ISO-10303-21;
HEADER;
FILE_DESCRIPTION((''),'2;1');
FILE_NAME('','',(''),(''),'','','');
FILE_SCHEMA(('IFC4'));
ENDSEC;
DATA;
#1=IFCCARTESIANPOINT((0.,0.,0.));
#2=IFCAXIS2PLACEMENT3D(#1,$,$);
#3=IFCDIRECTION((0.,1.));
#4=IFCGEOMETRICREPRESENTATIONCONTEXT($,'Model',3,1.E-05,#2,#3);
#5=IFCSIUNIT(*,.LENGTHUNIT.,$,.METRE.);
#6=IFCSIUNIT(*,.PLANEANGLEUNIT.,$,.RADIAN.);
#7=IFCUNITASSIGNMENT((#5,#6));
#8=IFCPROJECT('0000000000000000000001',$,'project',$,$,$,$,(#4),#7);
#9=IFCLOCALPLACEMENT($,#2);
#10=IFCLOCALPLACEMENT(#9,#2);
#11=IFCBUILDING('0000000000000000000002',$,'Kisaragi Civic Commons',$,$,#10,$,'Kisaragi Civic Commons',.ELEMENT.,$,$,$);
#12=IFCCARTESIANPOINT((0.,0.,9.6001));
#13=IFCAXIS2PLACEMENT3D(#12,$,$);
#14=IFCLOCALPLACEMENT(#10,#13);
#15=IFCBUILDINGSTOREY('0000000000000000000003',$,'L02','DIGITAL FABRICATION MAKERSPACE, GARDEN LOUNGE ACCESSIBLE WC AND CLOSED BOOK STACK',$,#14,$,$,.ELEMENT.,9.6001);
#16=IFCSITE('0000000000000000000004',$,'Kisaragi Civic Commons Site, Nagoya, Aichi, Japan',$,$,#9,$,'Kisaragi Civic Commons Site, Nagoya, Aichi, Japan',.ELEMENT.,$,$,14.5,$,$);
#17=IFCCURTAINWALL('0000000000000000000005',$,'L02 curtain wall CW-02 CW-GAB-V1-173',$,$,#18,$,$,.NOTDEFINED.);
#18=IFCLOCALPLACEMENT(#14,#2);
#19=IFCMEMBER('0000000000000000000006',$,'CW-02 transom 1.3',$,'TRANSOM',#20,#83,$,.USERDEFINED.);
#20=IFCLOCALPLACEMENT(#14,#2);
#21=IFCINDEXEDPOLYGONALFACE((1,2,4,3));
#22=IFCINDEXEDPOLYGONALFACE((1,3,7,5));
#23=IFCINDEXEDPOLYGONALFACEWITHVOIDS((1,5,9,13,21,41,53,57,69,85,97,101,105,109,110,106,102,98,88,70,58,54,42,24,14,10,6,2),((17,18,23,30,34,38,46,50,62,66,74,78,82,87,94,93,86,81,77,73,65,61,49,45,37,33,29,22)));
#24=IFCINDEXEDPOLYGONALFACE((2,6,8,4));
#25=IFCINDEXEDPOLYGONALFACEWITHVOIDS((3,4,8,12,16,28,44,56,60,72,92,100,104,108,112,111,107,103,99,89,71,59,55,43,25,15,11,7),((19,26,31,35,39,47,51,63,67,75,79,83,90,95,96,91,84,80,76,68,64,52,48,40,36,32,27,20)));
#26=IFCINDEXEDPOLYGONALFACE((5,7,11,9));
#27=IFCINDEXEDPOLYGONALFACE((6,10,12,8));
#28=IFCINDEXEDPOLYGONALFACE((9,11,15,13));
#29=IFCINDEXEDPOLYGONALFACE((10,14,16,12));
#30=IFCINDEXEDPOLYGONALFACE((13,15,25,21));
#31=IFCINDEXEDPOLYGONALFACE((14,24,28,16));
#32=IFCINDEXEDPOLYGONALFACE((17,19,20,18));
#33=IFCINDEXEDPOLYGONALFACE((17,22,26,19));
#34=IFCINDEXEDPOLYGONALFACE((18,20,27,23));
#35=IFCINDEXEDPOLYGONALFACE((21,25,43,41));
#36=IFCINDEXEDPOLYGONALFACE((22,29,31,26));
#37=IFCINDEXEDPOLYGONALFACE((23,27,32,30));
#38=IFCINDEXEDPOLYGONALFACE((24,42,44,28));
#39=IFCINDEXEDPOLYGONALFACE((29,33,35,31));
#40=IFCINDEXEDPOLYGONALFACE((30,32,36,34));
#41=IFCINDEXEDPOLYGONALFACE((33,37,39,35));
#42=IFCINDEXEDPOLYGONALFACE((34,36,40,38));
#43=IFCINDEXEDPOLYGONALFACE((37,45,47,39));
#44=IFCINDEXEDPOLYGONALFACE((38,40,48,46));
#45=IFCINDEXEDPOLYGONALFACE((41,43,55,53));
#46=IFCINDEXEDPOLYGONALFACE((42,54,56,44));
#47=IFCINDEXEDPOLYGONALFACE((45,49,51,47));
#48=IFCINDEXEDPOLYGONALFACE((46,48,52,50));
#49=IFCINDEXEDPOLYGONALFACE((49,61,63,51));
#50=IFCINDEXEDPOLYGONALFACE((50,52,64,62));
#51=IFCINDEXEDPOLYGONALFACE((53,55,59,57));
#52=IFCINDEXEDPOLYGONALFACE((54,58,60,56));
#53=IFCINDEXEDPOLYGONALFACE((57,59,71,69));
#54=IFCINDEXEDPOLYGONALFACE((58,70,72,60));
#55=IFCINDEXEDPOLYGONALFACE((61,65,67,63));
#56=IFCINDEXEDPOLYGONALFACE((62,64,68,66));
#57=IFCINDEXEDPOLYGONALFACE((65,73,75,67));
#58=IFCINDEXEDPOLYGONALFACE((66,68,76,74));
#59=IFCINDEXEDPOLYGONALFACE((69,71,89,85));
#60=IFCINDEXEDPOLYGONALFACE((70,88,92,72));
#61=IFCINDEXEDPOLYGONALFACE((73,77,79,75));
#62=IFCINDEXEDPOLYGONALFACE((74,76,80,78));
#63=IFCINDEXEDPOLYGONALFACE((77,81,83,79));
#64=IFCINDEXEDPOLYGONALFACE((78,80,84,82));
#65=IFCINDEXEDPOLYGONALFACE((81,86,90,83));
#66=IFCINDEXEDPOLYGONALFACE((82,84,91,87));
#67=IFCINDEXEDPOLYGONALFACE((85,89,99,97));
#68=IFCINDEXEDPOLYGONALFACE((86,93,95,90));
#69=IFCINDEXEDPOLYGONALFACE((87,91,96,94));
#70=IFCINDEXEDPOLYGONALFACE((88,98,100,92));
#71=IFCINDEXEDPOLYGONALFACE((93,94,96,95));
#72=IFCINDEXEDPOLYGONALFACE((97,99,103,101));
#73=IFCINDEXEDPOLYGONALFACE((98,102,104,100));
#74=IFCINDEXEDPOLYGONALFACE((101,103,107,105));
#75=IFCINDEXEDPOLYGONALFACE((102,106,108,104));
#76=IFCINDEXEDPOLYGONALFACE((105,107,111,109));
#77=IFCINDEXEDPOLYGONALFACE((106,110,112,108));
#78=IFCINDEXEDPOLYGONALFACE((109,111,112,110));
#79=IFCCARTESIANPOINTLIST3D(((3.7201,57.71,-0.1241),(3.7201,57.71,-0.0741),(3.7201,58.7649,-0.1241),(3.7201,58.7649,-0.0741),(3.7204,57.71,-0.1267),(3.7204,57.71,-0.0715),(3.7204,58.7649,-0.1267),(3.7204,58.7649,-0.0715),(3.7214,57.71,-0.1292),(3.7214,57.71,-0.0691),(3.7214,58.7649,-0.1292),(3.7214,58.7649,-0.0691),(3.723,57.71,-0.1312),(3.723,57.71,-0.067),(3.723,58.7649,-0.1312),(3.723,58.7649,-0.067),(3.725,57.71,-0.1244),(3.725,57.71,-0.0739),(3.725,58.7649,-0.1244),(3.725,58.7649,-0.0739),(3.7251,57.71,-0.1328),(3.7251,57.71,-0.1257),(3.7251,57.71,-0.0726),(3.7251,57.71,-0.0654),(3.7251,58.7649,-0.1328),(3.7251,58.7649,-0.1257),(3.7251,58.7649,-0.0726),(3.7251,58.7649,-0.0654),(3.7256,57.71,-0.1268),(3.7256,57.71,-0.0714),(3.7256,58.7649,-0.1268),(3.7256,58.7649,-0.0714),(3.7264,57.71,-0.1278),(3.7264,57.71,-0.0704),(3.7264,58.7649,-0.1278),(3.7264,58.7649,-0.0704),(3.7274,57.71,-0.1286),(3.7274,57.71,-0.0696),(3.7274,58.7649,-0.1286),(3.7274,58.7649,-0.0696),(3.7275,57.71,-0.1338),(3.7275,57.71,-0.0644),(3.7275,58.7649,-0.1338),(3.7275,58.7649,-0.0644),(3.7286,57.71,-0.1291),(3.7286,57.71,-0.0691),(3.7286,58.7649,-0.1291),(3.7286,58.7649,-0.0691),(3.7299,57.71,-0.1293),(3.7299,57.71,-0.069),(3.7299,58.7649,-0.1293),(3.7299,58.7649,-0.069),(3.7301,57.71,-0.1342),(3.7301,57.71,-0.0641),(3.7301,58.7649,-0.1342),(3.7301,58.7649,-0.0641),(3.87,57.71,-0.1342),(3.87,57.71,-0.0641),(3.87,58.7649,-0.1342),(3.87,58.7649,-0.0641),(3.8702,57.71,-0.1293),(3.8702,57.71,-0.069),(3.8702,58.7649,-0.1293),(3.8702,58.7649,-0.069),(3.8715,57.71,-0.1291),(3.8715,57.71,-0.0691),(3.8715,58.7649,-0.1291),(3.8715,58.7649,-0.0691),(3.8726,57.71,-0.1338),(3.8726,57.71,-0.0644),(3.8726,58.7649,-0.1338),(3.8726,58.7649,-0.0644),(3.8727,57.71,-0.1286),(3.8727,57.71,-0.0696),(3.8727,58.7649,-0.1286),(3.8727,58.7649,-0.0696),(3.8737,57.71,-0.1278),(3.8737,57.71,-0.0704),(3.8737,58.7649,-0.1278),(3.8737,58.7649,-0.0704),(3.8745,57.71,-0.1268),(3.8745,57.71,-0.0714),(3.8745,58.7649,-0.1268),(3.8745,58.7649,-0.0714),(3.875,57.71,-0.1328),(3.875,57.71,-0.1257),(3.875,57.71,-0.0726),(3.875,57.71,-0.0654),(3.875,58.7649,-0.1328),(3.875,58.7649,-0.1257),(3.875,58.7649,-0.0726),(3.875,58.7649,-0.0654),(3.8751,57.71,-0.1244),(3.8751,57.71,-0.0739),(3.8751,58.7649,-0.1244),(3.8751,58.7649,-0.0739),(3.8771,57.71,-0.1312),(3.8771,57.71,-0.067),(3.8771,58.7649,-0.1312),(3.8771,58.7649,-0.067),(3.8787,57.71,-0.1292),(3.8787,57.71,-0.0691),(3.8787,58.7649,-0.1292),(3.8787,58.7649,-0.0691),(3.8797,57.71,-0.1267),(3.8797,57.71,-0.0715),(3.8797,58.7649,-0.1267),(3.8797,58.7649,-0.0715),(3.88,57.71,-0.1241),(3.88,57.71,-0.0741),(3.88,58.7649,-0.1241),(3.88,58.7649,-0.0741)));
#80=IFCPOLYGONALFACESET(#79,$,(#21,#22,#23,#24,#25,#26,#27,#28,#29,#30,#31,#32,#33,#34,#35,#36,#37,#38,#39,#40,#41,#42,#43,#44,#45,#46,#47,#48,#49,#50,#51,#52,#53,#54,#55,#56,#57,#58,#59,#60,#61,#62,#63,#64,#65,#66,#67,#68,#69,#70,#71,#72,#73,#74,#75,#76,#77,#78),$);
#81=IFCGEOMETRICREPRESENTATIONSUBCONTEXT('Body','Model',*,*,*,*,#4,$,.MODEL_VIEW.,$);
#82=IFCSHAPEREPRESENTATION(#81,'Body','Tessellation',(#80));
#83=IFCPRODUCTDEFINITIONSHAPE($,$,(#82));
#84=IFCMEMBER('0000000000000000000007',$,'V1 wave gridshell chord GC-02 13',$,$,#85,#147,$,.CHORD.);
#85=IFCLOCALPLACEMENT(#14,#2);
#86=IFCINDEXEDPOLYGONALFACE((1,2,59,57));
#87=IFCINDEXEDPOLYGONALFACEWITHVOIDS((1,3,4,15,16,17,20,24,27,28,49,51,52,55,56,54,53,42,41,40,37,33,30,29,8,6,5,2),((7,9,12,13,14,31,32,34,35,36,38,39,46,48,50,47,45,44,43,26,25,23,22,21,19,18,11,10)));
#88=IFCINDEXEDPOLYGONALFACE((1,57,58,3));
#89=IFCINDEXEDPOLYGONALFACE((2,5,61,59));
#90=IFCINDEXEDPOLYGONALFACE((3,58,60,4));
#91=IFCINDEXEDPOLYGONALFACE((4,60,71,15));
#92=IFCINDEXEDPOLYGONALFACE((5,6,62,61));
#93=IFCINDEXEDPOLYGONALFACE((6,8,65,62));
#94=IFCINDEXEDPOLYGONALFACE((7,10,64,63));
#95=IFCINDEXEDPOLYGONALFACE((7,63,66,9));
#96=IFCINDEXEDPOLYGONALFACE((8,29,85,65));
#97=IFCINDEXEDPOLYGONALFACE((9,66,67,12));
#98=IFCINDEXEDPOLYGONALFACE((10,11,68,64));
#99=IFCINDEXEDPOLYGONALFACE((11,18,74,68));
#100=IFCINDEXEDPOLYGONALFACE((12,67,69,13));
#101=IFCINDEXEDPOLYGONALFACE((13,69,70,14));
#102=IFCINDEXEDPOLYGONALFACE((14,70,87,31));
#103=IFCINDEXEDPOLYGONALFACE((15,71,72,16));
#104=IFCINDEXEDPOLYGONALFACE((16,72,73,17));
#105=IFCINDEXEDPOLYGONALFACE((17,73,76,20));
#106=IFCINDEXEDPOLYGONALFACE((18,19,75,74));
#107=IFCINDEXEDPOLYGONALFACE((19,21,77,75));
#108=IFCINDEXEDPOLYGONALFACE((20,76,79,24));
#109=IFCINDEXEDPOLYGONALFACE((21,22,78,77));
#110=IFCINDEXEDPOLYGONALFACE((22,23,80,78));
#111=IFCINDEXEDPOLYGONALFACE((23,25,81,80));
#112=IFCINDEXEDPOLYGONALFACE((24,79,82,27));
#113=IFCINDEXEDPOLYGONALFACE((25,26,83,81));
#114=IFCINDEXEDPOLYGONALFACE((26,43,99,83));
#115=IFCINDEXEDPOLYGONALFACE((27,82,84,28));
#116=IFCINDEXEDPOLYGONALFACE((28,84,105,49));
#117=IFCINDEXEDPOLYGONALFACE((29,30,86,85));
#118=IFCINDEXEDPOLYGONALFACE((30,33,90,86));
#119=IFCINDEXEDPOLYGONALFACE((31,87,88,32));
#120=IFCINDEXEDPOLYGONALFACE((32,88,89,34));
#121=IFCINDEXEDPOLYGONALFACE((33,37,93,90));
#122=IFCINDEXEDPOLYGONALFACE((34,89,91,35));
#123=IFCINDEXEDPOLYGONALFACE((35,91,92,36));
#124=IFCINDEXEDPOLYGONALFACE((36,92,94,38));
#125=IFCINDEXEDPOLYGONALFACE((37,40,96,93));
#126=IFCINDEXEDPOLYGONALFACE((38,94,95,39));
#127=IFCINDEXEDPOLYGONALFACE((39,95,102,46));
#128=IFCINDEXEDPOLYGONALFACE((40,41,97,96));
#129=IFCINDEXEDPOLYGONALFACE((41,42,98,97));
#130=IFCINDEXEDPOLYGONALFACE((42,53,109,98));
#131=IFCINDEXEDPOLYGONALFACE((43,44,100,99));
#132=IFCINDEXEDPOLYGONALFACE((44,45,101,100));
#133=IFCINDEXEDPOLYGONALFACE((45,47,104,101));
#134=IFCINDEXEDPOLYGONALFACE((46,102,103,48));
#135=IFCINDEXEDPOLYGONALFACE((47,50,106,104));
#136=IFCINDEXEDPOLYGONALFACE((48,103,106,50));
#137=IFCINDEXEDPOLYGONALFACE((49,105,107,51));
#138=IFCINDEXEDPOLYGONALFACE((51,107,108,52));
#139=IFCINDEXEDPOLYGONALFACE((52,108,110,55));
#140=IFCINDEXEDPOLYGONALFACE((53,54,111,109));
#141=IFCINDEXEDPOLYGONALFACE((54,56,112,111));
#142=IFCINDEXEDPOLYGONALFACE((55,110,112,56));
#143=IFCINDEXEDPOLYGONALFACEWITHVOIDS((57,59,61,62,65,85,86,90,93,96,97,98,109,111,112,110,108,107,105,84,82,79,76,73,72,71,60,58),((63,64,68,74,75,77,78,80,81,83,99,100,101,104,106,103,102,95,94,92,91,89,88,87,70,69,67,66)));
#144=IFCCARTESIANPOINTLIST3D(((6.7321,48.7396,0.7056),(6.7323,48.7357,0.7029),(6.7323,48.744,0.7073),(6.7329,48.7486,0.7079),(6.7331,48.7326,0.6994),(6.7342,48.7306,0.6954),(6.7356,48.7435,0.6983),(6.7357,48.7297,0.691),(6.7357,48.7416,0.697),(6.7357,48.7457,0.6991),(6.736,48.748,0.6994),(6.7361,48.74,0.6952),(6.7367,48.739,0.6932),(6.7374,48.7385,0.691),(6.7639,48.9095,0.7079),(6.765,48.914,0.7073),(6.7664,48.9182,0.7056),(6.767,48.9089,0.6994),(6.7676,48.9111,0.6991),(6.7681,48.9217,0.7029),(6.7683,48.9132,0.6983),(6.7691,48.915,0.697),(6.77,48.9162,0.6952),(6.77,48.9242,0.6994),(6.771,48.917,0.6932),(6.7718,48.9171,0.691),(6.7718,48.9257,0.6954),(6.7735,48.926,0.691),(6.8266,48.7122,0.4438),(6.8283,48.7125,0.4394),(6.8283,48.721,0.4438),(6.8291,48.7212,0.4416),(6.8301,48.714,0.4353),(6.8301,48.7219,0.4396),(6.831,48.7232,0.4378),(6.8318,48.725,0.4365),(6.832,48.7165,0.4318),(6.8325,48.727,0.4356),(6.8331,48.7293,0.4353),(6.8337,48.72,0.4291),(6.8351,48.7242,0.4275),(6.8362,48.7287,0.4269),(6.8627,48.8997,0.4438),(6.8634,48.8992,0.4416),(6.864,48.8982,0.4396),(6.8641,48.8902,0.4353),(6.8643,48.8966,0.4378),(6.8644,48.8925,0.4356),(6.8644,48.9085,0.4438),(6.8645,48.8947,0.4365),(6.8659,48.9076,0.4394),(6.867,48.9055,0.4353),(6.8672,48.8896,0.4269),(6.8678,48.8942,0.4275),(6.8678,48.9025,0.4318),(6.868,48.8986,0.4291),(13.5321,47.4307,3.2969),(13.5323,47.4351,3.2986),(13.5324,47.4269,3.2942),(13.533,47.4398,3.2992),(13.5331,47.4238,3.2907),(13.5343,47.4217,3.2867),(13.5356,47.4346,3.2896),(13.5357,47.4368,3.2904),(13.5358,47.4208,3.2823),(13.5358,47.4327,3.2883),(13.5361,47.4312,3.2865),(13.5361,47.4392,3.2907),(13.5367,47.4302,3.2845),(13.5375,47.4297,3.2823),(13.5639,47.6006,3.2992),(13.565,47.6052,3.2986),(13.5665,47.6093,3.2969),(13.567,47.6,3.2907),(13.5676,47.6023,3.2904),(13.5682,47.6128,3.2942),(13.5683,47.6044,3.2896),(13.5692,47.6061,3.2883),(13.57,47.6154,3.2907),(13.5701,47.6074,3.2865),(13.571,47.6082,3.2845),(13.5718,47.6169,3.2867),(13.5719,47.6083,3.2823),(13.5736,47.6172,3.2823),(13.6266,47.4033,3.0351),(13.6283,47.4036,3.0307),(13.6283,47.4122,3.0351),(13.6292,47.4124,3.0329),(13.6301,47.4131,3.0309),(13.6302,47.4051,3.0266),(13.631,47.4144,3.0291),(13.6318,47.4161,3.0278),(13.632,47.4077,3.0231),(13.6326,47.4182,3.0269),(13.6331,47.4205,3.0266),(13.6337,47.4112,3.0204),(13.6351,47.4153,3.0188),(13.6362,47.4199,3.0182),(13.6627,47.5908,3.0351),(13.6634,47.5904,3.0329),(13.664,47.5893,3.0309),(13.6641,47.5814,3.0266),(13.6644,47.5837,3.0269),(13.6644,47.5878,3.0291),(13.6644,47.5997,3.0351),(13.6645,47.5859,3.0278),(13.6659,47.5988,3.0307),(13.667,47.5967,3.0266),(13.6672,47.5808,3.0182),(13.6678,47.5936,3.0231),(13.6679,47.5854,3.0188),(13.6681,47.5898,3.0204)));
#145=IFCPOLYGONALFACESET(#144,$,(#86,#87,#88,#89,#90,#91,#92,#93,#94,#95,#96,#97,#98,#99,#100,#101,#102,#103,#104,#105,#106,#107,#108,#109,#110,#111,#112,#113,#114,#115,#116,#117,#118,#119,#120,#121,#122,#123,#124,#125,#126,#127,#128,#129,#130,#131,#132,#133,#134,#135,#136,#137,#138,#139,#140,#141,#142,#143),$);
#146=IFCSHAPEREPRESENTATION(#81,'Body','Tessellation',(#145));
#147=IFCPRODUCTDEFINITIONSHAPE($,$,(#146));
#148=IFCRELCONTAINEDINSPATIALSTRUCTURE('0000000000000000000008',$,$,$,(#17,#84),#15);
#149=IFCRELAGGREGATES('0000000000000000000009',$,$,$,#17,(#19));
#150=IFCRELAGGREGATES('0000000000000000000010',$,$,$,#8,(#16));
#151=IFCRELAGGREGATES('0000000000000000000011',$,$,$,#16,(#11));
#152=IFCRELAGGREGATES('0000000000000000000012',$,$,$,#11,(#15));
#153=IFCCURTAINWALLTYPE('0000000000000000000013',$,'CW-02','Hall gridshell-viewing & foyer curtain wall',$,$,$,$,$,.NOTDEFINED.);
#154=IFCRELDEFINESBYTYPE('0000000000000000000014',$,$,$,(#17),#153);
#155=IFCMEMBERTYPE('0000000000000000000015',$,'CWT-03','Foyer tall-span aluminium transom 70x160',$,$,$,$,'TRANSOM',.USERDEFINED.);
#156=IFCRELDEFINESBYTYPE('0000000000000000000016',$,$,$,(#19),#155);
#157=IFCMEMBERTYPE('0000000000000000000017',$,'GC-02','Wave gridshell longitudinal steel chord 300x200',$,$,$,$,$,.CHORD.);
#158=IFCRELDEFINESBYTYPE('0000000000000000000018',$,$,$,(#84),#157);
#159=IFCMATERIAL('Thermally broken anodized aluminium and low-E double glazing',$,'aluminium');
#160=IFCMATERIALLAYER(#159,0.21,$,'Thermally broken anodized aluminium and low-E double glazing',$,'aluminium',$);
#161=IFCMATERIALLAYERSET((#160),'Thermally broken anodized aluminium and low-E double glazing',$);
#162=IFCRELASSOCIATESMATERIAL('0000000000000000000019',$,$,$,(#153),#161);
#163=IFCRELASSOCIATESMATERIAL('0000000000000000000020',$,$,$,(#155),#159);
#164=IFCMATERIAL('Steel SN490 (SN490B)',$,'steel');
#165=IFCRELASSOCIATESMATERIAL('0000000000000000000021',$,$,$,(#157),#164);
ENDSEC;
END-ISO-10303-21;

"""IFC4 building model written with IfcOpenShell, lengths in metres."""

from ifc_helpers import new_model, si_unit, direction, frame, origin, origin_2d, place, context, subcontext, project, spatial, hollow_rectangle, extrude, material, layer, layer_set, material_profile, profile_set, type_object, element, aggregate, save


model = new_model("IFC4")

# Units and contexts
model_context = context("Model", 3, precision=1e-05, world=origin(), true_north=direction((0.0, 1.0)))
body_context = subcontext(model_context, "Body", "Model", "MODEL_VIEW")
ifc_project = project(units=[si_unit("LENGTHUNIT", "METRE"), si_unit("PLANEANGLEUNIT", "RADIAN")], contexts=[model_context])

# Site, building, storey
site_placement = place(None, origin())
site = spatial("IfcSite", under=ifc_project, at=site_placement, Name="Kisaragi Civic Commons Site, Nagoya, Aichi, Japan", LongName="Kisaragi Civic Commons Site, Nagoya, Aichi, Japan", CompositionType="ELEMENT", RefElevation=14.5)
building_placement = place(site_placement, origin())
building = spatial("IfcBuilding", under=site, at=building_placement, Name="Kisaragi Civic Commons", LongName="Kisaragi Civic Commons", CompositionType="ELEMENT")
storey_placement = place(building_placement, frame((0.0, 0.0, 9.6001)))
storey = spatial("IfcBuildingStorey", under=building, at=storey_placement, Name="L02", Description="DIGITAL FABRICATION MAKERSPACE, GARDEN LOUNGE ACCESSIBLE WC AND CLOSED BOOK STACK", CompositionType="ELEMENT", Elevation=9.6001)

# Shared definitions
ifc_material_1 = material(Name="Thermally broken anodized aluminium and low-E double glazing", Category="aluminium")
ifc_layer_1 = layer(ifc_material_1, 0.21, Name="Thermally broken anodized aluminium and low-E double glazing", Category="aluminium")
ifc_layer_set_1 = layer_set([ifc_layer_1], Name="Thermally broken anodized aluminium and low-E double glazing")
curtain_wall_type = type_object("IfcCurtainWallType", Name="CW-02", Description="Hall gridshell-viewing & foyer curtain wall", PredefinedType="NOTDEFINED", material=ifc_layer_set_1)

# Curtain wall, member
curtain_wall_1_placement = place(storey_placement, origin())
curtain_wall_1 = element("IfcCurtainWall", 1, at=curtain_wall_1_placement, inside=storey, type_object=curtain_wall_type, Name="L02 curtain wall CW-02 CW-GAB-V1-173", PredefinedType="NOTDEFINED")
ifc_material_profile_1 = material_profile(ifc_material_1, hollow_rectangle(XDim=0.1599, YDim=0.0701, WallThickness=0.0049, InnerFilletRadius=0.0049, OuterFilletRadius=0.01, at=origin_2d()), Name="CWT-70x160x5", Category="aluminium")
ifc_profile_set_1 = profile_set([ifc_material_profile_1], Name="Thermally broken anodized aluminium and low-E double glazing")
member_type_1 = type_object("IfcMemberType", Name="CWT-03", Description="Foyer tall-span aluminium transom 70x160", ElementType="TRANSOM", PredefinedType="USERDEFINED", material=ifc_profile_set_1)
member_1_placement = place(storey_placement, frame((3.8, 57.71, -0.0991), z_axis=(0.0, 1.0, 0.0), x_axis=(-1.0, 0.0, 0.0)))
member_1 = element("IfcMember", 2, at=member_1_placement, type_object=member_type_1, Name="CW-02 transom 1.3", ObjectType="TRANSOM", PredefinedType="USERDEFINED", context=body_context, shape_type="SweptSolid", body=[
    extrude(hollow_rectangle(XDim=0.1599, YDim=0.0701, WallThickness=0.0049, InnerFilletRadius=0.0049, OuterFilletRadius=0.01, at=origin_2d()), origin(), (0.0, 0.0, 1.0), 1.0549),
])
aggregate(curtain_wall_1, [member_1])

# Member
ifc_material_2 = material(Name="Steel SN490 (SN490B)", Category="steel")
ifc_material_profile_2 = material_profile(ifc_material_2, hollow_rectangle(XDim=0.2, YDim=0.3, WallThickness=0.009, InnerFilletRadius=0.009, OuterFilletRadius=0.0181, at=origin_2d()), Name="STKR-300x200x9", Category="steel")
ifc_profile_set_2 = profile_set([ifc_material_profile_2], Name="Steel SN490 (SN490B)")
member_type_2 = type_object("IfcMemberType", Name="GC-02", Description="Wave gridshell longitudinal steel chord 300x200", PredefinedType="CHORD", material=ifc_profile_set_2)
member_2_placement = place(storey_placement, frame((6.8, 48.8191, 0.5674), z_axis=(0.919693, -0.177018, 0.350469), x_axis=(0.189006, 0.981976, 0.0)))
element("IfcMember", 3, at=member_2_placement, inside=storey, type_object=member_type_2, Name="V1 wave gridshell chord GC-02 13", PredefinedType="CHORD", context=body_context, shape_type="SweptSolid", body=[
    extrude(hollow_rectangle(XDim=0.2, YDim=0.3, WallThickness=0.009, InnerFilletRadius=0.009, OuterFilletRadius=0.0181, at=origin_2d()), origin(), (0.0, 0.0, 1.0), 7.3938),
])

save(model, "model.ifc")
